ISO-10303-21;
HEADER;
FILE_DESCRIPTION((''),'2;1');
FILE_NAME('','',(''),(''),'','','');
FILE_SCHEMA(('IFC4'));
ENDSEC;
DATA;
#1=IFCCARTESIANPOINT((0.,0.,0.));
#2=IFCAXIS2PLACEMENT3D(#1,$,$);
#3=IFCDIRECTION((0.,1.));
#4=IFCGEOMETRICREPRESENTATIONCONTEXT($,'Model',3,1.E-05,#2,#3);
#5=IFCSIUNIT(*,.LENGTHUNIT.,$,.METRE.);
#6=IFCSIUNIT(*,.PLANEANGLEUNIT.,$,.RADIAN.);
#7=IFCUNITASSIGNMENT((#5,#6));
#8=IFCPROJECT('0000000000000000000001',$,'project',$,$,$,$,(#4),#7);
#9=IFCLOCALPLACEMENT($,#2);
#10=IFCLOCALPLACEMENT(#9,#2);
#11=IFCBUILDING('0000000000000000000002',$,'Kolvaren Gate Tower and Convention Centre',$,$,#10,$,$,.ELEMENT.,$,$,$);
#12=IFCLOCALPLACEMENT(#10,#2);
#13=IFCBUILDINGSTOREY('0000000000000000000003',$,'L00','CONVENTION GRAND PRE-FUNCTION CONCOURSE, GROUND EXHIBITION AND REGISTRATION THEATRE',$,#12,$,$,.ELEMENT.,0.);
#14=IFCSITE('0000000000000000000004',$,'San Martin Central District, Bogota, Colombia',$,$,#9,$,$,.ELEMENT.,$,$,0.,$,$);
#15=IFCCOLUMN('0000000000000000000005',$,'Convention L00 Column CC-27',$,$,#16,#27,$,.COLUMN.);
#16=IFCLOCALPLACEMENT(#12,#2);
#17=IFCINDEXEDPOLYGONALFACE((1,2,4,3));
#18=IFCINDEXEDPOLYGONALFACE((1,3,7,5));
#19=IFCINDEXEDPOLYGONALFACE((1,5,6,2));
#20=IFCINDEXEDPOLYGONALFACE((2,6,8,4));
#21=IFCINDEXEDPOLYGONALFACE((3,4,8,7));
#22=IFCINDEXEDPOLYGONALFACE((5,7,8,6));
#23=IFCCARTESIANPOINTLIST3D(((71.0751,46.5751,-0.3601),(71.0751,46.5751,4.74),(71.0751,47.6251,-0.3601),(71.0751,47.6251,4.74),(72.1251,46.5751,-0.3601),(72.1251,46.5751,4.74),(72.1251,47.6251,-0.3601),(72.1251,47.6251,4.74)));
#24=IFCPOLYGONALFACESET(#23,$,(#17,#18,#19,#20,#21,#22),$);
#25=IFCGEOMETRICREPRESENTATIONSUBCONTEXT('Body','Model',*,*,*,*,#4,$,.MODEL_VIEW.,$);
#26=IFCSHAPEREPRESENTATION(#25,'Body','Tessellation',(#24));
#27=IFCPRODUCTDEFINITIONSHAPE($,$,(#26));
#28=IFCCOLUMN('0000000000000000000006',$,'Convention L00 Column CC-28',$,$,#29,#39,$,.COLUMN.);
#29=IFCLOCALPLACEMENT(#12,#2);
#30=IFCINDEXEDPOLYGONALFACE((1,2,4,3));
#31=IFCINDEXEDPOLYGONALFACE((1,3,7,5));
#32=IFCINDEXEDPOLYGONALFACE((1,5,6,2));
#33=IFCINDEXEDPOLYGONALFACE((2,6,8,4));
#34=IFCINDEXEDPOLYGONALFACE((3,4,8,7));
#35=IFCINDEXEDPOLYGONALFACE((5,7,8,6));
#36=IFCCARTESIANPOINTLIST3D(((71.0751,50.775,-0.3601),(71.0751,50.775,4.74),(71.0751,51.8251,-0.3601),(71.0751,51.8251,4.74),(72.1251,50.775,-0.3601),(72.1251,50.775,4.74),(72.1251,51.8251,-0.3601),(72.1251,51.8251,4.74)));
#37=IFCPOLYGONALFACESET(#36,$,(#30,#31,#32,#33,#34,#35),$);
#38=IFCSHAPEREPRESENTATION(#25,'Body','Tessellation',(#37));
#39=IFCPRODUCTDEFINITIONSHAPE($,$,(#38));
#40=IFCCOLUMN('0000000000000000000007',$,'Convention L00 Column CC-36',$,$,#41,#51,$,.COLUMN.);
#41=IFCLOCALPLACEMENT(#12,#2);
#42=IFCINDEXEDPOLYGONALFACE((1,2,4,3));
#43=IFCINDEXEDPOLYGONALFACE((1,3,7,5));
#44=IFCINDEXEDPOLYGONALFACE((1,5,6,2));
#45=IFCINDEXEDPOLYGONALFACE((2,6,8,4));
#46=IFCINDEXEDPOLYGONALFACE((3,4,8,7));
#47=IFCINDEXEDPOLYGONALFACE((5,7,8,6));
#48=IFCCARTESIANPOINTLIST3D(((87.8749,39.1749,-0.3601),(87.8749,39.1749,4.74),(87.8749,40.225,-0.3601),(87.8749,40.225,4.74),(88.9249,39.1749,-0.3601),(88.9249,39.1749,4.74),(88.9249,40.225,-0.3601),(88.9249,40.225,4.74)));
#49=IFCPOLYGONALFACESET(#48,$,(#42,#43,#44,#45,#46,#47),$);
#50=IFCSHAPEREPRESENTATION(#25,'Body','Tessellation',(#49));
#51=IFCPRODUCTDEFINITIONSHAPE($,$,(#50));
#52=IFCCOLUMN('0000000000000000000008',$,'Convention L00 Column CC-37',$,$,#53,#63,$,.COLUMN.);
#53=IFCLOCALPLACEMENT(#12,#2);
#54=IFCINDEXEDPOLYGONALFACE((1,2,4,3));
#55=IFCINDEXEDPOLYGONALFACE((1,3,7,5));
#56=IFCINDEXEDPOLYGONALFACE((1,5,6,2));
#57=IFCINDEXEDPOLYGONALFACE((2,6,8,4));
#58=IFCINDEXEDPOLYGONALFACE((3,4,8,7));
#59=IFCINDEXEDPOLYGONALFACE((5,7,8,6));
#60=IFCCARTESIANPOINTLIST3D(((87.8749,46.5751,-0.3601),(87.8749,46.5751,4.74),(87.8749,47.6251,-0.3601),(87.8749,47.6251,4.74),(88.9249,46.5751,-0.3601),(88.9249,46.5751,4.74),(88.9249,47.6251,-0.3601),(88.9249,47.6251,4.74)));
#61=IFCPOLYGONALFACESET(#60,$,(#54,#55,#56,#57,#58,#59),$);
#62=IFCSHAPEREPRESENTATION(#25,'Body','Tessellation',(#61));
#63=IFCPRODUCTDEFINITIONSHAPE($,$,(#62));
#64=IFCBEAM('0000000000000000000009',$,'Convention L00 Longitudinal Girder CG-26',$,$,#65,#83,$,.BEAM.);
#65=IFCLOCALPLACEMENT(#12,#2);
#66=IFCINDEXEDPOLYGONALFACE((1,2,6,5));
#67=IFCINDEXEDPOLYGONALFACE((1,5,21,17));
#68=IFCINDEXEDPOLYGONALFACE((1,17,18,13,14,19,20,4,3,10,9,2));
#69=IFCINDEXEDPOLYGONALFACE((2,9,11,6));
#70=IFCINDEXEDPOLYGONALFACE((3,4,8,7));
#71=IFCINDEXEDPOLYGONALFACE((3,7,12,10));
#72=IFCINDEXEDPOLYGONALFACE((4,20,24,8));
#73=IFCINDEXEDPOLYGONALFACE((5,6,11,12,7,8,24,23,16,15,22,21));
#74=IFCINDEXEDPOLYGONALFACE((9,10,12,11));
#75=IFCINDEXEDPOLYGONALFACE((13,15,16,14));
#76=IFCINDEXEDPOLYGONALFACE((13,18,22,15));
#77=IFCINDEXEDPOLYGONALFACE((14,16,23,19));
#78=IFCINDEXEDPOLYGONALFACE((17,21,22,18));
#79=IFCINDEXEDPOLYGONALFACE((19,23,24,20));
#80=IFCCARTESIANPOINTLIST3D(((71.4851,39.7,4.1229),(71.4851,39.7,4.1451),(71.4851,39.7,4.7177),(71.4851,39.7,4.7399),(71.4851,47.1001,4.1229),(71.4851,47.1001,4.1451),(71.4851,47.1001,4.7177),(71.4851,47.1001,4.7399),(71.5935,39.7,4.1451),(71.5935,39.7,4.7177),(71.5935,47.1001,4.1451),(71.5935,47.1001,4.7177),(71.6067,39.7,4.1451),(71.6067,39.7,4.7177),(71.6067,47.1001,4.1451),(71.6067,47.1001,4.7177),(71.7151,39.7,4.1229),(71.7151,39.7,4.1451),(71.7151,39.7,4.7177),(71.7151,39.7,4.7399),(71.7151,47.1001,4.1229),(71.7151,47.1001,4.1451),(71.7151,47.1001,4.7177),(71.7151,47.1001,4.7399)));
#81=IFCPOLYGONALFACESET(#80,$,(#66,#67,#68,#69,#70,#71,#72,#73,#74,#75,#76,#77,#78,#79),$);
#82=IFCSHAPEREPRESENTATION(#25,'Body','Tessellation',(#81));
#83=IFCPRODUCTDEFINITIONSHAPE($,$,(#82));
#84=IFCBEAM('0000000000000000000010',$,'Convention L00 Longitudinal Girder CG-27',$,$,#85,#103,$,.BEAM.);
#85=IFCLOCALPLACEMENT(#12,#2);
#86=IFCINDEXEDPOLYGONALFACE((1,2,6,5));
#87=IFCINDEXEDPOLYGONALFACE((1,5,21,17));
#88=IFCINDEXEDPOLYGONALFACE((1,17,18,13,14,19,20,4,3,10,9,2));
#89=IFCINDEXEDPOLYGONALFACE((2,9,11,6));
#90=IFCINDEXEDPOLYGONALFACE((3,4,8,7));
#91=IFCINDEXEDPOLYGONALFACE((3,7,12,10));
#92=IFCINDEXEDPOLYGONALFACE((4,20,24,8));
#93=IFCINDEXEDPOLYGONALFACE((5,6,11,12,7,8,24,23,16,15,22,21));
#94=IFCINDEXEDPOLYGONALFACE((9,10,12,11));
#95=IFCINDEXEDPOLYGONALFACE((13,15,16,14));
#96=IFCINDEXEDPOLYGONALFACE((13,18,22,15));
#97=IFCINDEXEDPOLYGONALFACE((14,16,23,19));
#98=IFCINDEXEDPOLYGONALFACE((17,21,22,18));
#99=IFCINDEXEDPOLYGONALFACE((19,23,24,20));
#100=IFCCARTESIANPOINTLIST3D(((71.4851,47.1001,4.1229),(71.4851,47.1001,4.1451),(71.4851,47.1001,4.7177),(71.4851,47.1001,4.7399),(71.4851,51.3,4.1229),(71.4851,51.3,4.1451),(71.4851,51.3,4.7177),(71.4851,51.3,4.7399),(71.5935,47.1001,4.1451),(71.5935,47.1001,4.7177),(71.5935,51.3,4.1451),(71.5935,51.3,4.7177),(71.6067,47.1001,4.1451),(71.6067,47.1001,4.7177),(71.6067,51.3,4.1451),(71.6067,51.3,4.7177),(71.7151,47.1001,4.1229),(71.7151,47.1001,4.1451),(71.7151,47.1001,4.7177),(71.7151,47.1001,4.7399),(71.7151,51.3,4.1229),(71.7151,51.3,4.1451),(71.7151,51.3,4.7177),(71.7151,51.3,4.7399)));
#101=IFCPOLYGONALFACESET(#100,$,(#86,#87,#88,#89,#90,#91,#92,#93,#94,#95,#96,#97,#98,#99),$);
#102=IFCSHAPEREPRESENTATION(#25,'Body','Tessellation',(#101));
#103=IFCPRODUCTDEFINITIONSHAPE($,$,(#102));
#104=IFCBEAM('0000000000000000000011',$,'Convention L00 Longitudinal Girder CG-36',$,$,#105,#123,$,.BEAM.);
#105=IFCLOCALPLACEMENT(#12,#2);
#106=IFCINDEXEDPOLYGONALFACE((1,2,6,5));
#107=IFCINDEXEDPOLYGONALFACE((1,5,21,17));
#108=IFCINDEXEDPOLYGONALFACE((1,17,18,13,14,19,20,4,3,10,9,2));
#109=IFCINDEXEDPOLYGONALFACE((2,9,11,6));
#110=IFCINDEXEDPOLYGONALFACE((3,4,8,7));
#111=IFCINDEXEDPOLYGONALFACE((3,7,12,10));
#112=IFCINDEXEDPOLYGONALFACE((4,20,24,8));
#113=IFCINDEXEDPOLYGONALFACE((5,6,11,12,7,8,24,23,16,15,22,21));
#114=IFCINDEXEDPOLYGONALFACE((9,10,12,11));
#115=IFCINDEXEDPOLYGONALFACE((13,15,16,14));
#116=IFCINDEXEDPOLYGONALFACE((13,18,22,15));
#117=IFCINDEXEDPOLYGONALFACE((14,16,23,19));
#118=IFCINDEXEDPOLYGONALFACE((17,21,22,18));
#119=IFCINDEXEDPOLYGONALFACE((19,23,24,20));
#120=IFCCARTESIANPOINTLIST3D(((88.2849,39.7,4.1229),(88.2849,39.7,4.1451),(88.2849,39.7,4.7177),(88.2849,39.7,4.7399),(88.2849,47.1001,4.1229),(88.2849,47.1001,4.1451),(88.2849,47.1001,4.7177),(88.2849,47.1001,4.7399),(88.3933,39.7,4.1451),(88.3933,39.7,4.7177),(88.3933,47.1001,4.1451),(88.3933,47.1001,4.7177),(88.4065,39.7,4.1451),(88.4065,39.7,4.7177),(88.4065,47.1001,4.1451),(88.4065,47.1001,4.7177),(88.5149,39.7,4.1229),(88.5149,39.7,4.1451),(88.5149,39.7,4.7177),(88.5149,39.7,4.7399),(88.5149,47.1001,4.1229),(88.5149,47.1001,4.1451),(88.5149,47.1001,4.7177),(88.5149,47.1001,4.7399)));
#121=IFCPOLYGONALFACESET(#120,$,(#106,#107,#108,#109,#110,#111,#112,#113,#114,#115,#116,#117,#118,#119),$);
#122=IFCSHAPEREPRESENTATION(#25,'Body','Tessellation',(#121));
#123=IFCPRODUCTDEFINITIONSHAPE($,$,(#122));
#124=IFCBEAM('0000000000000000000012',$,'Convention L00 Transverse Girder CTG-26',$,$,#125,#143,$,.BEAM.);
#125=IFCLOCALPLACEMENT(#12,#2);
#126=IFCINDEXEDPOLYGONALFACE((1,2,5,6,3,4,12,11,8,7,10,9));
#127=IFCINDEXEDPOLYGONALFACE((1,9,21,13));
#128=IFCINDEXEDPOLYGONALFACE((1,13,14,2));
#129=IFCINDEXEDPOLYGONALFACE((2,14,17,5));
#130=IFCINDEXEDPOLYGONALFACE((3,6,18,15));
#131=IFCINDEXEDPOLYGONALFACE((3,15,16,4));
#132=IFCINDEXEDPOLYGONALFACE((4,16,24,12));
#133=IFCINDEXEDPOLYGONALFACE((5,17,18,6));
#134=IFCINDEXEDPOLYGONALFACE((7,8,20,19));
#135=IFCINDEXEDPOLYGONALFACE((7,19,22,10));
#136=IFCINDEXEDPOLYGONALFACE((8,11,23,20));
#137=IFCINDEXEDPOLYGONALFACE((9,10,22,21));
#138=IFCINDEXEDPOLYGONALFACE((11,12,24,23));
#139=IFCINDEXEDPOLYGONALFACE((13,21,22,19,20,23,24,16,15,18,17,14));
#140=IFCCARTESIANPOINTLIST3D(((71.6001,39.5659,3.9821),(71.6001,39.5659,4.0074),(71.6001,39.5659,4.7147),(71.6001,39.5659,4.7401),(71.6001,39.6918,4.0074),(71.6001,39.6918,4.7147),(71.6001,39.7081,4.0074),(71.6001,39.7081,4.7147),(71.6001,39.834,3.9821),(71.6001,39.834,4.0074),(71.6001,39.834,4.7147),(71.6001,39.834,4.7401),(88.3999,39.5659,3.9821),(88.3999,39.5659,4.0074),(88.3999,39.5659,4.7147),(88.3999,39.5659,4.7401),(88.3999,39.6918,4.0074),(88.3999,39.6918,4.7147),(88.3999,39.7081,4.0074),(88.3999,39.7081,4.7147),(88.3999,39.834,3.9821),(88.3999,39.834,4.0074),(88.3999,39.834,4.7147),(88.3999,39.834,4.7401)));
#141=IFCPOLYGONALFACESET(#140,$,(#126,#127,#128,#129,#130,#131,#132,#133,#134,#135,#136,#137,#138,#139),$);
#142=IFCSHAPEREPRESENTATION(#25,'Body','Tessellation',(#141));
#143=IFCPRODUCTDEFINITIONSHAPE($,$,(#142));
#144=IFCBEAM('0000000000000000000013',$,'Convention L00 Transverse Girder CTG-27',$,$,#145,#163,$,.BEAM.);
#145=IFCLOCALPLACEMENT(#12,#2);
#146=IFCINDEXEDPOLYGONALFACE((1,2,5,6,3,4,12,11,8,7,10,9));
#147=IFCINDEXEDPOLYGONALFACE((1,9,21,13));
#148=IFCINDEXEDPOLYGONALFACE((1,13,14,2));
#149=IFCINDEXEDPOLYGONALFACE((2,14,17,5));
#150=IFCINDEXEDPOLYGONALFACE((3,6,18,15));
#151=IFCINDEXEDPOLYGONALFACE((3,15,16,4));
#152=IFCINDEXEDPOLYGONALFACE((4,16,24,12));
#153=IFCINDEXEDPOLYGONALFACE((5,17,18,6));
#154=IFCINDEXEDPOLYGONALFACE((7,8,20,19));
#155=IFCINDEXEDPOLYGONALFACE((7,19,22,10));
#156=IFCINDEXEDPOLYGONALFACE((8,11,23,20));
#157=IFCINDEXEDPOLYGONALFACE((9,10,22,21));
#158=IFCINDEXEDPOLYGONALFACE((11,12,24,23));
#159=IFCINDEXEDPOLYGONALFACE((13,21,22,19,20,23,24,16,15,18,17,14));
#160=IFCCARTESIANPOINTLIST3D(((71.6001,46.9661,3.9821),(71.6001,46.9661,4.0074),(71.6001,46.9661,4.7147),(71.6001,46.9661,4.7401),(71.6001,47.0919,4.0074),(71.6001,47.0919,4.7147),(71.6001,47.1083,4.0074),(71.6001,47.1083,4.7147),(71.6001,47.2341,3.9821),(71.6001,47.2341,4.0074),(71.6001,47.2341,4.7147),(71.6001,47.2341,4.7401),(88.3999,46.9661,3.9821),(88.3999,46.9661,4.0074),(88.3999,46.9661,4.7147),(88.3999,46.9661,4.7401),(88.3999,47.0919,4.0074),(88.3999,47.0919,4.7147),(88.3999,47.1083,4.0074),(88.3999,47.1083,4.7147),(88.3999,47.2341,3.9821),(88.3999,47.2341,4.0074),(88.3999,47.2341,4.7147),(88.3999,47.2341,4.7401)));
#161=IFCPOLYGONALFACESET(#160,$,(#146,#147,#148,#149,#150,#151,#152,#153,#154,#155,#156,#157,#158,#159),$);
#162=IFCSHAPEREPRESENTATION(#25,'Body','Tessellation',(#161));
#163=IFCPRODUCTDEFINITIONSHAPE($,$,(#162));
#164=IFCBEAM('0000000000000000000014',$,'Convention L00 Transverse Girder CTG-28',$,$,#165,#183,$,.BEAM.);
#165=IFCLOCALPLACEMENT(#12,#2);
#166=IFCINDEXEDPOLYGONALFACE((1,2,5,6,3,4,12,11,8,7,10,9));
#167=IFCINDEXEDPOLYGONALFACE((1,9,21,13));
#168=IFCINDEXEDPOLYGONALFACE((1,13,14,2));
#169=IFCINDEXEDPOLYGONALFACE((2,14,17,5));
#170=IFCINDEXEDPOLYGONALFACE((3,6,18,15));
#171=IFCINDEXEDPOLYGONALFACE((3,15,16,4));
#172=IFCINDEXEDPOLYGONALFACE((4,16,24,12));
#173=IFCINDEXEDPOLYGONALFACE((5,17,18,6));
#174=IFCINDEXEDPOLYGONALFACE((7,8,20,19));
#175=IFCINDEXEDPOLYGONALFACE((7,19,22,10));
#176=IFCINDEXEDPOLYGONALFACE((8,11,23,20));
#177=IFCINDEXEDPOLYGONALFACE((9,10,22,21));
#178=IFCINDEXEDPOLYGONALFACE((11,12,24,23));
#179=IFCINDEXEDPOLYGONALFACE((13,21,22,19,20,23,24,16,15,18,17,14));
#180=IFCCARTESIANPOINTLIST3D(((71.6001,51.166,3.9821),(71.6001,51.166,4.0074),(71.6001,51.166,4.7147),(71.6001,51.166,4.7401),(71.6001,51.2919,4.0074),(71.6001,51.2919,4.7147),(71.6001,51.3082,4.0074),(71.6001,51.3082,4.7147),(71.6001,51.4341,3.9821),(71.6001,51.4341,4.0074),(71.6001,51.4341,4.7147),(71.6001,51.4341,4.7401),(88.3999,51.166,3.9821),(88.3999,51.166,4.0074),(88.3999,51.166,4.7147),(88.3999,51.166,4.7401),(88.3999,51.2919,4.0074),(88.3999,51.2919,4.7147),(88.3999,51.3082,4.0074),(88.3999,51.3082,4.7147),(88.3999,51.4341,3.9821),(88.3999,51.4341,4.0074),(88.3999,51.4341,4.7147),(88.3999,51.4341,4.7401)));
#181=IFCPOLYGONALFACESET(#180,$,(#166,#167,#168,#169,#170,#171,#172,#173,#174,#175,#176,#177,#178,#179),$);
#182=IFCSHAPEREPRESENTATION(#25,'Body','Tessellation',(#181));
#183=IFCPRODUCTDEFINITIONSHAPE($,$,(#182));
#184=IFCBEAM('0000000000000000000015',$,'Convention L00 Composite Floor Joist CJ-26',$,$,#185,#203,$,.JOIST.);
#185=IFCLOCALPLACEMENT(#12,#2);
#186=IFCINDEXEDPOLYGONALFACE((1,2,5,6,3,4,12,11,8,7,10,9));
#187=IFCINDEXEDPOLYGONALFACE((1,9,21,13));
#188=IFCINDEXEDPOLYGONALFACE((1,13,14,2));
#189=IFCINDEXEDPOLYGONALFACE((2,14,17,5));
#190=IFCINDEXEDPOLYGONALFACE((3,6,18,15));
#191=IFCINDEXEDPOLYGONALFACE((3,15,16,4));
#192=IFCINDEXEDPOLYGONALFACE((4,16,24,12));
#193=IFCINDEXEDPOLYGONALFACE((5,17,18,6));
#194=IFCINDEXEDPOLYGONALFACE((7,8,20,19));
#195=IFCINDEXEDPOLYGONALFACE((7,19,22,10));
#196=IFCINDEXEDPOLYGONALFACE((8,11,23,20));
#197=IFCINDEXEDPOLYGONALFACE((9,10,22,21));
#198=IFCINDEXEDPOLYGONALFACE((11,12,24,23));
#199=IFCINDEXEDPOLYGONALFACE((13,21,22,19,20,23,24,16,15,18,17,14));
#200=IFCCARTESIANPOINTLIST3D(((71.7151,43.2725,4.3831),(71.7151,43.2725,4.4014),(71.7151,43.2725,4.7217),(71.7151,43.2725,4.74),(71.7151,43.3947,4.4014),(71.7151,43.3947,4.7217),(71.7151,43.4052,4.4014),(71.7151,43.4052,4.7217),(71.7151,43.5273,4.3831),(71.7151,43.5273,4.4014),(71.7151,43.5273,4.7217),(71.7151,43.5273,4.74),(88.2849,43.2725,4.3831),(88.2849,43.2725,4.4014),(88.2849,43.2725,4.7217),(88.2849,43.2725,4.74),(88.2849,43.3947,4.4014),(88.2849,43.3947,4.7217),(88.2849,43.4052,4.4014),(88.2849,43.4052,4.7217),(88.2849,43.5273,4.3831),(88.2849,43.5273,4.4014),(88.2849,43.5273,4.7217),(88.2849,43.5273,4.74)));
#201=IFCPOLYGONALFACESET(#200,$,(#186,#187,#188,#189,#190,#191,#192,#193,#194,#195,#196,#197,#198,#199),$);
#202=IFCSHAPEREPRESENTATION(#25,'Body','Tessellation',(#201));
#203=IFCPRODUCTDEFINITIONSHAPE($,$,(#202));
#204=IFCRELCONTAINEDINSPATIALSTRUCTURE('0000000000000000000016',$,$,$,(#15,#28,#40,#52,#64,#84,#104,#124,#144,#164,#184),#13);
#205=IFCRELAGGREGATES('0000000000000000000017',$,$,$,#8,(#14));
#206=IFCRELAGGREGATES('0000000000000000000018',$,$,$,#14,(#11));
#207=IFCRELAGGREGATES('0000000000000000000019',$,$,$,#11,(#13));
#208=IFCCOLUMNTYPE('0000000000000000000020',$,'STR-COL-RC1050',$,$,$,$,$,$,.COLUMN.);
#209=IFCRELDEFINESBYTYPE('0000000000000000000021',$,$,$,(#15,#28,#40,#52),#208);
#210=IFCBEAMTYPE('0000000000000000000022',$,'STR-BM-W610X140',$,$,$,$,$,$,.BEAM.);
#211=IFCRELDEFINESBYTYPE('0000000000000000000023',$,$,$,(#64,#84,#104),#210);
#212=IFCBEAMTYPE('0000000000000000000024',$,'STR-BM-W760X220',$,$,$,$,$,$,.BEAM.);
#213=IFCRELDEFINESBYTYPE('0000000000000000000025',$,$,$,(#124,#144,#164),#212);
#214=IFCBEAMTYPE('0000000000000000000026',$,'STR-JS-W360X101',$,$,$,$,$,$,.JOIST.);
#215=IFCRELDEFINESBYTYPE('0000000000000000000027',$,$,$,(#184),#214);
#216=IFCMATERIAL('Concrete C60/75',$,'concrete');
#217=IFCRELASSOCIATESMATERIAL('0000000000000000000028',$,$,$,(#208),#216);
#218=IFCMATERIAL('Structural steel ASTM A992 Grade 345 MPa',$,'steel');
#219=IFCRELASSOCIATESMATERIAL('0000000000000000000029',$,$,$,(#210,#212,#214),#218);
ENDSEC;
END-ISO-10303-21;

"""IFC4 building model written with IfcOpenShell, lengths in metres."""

from ifc_helpers import new_model, si_unit, direction, frame, origin, origin_2d, place, context, subcontext, project, spatial, rectangle, i_section, extrude, material, material_profile, profile_set, type_object, element, save


model = new_model("IFC4")

# Units and contexts
model_context = context("Model", 3, precision=1e-05, world=origin(), true_north=direction((0.0, 1.0)))
body_context = subcontext(model_context, "Body", "Model", "MODEL_VIEW")
ifc_project = project(units=[si_unit("LENGTHUNIT", "METRE"), si_unit("PLANEANGLEUNIT", "RADIAN")], contexts=[model_context])

# Site, building, storey
site_placement = place(None, origin())
site = spatial("IfcSite", under=ifc_project, at=site_placement, Name="San Martin Central District, Bogota, Colombia", CompositionType="ELEMENT", RefElevation=0.0)
building_placement = place(site_placement, origin())
building = spatial("IfcBuilding", under=site, at=building_placement, Name="Kolvaren Gate Tower and Convention Centre", CompositionType="ELEMENT")
storey_placement = place(building_placement, origin())
storey = spatial("IfcBuildingStorey", under=building, at=storey_placement, Name="L00", Description="CONVENTION GRAND PRE-FUNCTION CONCOURSE, GROUND EXHIBITION AND REGISTRATION THEATRE", CompositionType="ELEMENT", Elevation=0.0)

# Columns
ifc_material_1 = material(Name="Concrete C60/75", Category="concrete")
ifc_material_profile_1 = material_profile(ifc_material_1, rectangle(XDim=1.05, YDim=1.05, at=origin_2d()), Name="RC-COL-1050X1050")
ifc_profile_set_1 = profile_set([ifc_material_profile_1], Name="Concrete C60/75")
column_type = type_object("IfcColumnType", Name="STR-COL-RC1050", PredefinedType="COLUMN", material=ifc_profile_set_1)
for number, where, z_axis, x_axis, name in (
    (1, (71.6001, 47.1001, -0.3601), (0.0, 0.0, 1.0), (1.0, 0.0, 0.0), "Convention L00 Column CC-27"),
    (2, (71.6001, 51.3, -0.3601), (0.0, 0.0, 1.0), (1.0, 0.0, 0.0), "Convention L00 Column CC-28"),
    (3, (88.3999, 39.7, -0.3601), (0.0, 0.0, 1.0), (1.0, 0.0, 0.0), "Convention L00 Column CC-36"),
    (4, (88.3999, 47.1001, -0.3601), (0.0, 0.0, 1.0), (1.0, 0.0, 0.0), "Convention L00 Column CC-37"),
):
    element("IfcColumn", number, at=place(storey_placement, frame(where, z_axis=z_axis, x_axis=x_axis)), inside=storey, type_object=column_type, Name=name, PredefinedType="COLUMN", context=body_context, shape_type="SweptSolid", body=[
        extrude(rectangle(XDim=1.05, YDim=1.05, at=origin_2d()), origin(), (0.0, 0.0, 1.0), 5.1001),
    ])

# Beams
ifc_material_2 = material(Name="Structural steel ASTM A992 Grade 345 MPa", Category="steel")
ifc_material_profile_2 = material_profile(ifc_material_2, i_section(OverallWidth=0.23, OverallDepth=0.6169, WebThickness=0.0132, FlangeThickness=0.0222, at=origin_2d()), Name="W610X140")
ifc_profile_set_2 = profile_set([ifc_material_profile_2], Name="Structural steel ASTM A992 Grade 345 MPa")
beam_type_1 = type_object("IfcBeamType", Name="STR-BM-W610X140", PredefinedType="BEAM", material=ifc_profile_set_2)
beam_1_placement = place(storey_placement, frame((71.6001, 39.7, 4.4314), z_axis=(0.0, 1.0, 0.0), x_axis=(-1.0, 0.0, 0.0)))
element("IfcBeam", 5, at=beam_1_placement, inside=storey, type_object=beam_type_1, Name="Convention L00 Longitudinal Girder CG-26", PredefinedType="BEAM", context=body_context, shape_type="SweptSolid", body=[
    extrude(i_section(OverallWidth=0.23, OverallDepth=0.6169, WebThickness=0.0132, FlangeThickness=0.0222, at=origin_2d()), origin(), (0.0, 0.0, 1.0), 7.4001),
])
beam_2_placement = place(storey_placement, frame((71.6001, 47.1001, 4.4314), z_axis=(0.0, 1.0, 0.0), x_axis=(-1.0, 0.0, 0.0)))
element("IfcBeam", 6, at=beam_2_placement, inside=storey, type_object=beam_type_1, Name="Convention L00 Longitudinal Girder CG-27", PredefinedType="BEAM", context=body_context, shape_type="SweptSolid", body=[
    extrude(i_section(OverallWidth=0.23, OverallDepth=0.6169, WebThickness=0.0132, FlangeThickness=0.0222, at=origin_2d()), origin(), (0.0, 0.0, 1.0), 4.2),
])
beam_3_placement = place(storey_placement, frame((88.3999, 39.7, 4.4314), z_axis=(0.0, 1.0, 0.0), x_axis=(-1.0, 0.0, 0.0)))
element("IfcBeam", 7, at=beam_3_placement, inside=storey, type_object=beam_type_1, Name="Convention L00 Longitudinal Girder CG-36", PredefinedType="BEAM", context=body_context, shape_type="SweptSolid", body=[
    extrude(i_section(OverallWidth=0.23, OverallDepth=0.6169, WebThickness=0.0132, FlangeThickness=0.0222, at=origin_2d()), origin(), (0.0, 0.0, 1.0), 7.4001),
])
ifc_material_profile_3 = material_profile(ifc_material_2, i_section(OverallWidth=0.2681, OverallDepth=0.7581, WebThickness=0.0164, FlangeThickness=0.0254, at=origin_2d()), Name="W760X220")
ifc_profile_set_3 = profile_set([ifc_material_profile_3], Name="Structural steel ASTM A992 Grade 345 MPa")
beam_type_2 = type_object("IfcBeamType", Name="STR-BM-W760X220", PredefinedType="BEAM", material=ifc_profile_set_3)
for number, where, z_axis, x_axis, name in (
    (8, (71.6001, 39.7, 4.3611), (1.0, 0.0, 0.0), (0.0, 1.0, 0.0), "Convention L00 Transverse Girder CTG-26"),
    (9, (71.6001, 47.1001, 4.3611), (1.0, 0.0, 0.0), (0.0, 1.0, 0.0), "Convention L00 Transverse Girder CTG-27"),
    (10, (71.6001, 51.3, 4.3611), (1.0, 0.0, 0.0), (0.0, 1.0, 0.0), "Convention L00 Transverse Girder CTG-28"),
):
    element("IfcBeam", number, at=place(storey_placement, frame(where, z_axis=z_axis, x_axis=x_axis)), inside=storey, type_object=beam_type_2, Name=name, PredefinedType="BEAM", context=body_context, shape_type="SweptSolid", body=[
        extrude(i_section(OverallWidth=0.2681, OverallDepth=0.7581, WebThickness=0.0164, FlangeThickness=0.0254, at=origin_2d()), origin(), (0.0, 0.0, 1.0), 16.7998),
    ])
ifc_material_profile_4 = material_profile(ifc_material_2, i_section(OverallWidth=0.2549, OverallDepth=0.3569, WebThickness=0.0105, FlangeThickness=0.0183, at=origin_2d()), Name="W360X101")
ifc_profile_set_4 = profile_set([ifc_material_profile_4], Name="Structural steel ASTM A992 Grade 345 MPa")
beam_type_3 = type_object("IfcBeamType", Name="STR-JS-W360X101", PredefinedType="JOIST", material=ifc_profile_set_4)
for number, where, z_axis, x_axis, name in (
    (11, (71.7151, 43.3999, 4.5615), (1.0, 0.0, 0.0), (0.0, 1.0, 0.0), "Convention L00 Composite Floor Joist CJ-26"),
):
    element("IfcBeam", number, at=place(storey_placement, frame(where, z_axis=z_axis, x_axis=x_axis)), inside=storey, type_object=beam_type_3, Name=name, PredefinedType="JOIST", context=body_context, shape_type="SweptSolid", body=[
        extrude(i_section(OverallWidth=0.2549, OverallDepth=0.3569, WebThickness=0.0105, FlangeThickness=0.0183, at=origin_2d()), origin(), (0.0, 0.0, 1.0), 16.5698),
    ])

save(model, "model.ifc")
